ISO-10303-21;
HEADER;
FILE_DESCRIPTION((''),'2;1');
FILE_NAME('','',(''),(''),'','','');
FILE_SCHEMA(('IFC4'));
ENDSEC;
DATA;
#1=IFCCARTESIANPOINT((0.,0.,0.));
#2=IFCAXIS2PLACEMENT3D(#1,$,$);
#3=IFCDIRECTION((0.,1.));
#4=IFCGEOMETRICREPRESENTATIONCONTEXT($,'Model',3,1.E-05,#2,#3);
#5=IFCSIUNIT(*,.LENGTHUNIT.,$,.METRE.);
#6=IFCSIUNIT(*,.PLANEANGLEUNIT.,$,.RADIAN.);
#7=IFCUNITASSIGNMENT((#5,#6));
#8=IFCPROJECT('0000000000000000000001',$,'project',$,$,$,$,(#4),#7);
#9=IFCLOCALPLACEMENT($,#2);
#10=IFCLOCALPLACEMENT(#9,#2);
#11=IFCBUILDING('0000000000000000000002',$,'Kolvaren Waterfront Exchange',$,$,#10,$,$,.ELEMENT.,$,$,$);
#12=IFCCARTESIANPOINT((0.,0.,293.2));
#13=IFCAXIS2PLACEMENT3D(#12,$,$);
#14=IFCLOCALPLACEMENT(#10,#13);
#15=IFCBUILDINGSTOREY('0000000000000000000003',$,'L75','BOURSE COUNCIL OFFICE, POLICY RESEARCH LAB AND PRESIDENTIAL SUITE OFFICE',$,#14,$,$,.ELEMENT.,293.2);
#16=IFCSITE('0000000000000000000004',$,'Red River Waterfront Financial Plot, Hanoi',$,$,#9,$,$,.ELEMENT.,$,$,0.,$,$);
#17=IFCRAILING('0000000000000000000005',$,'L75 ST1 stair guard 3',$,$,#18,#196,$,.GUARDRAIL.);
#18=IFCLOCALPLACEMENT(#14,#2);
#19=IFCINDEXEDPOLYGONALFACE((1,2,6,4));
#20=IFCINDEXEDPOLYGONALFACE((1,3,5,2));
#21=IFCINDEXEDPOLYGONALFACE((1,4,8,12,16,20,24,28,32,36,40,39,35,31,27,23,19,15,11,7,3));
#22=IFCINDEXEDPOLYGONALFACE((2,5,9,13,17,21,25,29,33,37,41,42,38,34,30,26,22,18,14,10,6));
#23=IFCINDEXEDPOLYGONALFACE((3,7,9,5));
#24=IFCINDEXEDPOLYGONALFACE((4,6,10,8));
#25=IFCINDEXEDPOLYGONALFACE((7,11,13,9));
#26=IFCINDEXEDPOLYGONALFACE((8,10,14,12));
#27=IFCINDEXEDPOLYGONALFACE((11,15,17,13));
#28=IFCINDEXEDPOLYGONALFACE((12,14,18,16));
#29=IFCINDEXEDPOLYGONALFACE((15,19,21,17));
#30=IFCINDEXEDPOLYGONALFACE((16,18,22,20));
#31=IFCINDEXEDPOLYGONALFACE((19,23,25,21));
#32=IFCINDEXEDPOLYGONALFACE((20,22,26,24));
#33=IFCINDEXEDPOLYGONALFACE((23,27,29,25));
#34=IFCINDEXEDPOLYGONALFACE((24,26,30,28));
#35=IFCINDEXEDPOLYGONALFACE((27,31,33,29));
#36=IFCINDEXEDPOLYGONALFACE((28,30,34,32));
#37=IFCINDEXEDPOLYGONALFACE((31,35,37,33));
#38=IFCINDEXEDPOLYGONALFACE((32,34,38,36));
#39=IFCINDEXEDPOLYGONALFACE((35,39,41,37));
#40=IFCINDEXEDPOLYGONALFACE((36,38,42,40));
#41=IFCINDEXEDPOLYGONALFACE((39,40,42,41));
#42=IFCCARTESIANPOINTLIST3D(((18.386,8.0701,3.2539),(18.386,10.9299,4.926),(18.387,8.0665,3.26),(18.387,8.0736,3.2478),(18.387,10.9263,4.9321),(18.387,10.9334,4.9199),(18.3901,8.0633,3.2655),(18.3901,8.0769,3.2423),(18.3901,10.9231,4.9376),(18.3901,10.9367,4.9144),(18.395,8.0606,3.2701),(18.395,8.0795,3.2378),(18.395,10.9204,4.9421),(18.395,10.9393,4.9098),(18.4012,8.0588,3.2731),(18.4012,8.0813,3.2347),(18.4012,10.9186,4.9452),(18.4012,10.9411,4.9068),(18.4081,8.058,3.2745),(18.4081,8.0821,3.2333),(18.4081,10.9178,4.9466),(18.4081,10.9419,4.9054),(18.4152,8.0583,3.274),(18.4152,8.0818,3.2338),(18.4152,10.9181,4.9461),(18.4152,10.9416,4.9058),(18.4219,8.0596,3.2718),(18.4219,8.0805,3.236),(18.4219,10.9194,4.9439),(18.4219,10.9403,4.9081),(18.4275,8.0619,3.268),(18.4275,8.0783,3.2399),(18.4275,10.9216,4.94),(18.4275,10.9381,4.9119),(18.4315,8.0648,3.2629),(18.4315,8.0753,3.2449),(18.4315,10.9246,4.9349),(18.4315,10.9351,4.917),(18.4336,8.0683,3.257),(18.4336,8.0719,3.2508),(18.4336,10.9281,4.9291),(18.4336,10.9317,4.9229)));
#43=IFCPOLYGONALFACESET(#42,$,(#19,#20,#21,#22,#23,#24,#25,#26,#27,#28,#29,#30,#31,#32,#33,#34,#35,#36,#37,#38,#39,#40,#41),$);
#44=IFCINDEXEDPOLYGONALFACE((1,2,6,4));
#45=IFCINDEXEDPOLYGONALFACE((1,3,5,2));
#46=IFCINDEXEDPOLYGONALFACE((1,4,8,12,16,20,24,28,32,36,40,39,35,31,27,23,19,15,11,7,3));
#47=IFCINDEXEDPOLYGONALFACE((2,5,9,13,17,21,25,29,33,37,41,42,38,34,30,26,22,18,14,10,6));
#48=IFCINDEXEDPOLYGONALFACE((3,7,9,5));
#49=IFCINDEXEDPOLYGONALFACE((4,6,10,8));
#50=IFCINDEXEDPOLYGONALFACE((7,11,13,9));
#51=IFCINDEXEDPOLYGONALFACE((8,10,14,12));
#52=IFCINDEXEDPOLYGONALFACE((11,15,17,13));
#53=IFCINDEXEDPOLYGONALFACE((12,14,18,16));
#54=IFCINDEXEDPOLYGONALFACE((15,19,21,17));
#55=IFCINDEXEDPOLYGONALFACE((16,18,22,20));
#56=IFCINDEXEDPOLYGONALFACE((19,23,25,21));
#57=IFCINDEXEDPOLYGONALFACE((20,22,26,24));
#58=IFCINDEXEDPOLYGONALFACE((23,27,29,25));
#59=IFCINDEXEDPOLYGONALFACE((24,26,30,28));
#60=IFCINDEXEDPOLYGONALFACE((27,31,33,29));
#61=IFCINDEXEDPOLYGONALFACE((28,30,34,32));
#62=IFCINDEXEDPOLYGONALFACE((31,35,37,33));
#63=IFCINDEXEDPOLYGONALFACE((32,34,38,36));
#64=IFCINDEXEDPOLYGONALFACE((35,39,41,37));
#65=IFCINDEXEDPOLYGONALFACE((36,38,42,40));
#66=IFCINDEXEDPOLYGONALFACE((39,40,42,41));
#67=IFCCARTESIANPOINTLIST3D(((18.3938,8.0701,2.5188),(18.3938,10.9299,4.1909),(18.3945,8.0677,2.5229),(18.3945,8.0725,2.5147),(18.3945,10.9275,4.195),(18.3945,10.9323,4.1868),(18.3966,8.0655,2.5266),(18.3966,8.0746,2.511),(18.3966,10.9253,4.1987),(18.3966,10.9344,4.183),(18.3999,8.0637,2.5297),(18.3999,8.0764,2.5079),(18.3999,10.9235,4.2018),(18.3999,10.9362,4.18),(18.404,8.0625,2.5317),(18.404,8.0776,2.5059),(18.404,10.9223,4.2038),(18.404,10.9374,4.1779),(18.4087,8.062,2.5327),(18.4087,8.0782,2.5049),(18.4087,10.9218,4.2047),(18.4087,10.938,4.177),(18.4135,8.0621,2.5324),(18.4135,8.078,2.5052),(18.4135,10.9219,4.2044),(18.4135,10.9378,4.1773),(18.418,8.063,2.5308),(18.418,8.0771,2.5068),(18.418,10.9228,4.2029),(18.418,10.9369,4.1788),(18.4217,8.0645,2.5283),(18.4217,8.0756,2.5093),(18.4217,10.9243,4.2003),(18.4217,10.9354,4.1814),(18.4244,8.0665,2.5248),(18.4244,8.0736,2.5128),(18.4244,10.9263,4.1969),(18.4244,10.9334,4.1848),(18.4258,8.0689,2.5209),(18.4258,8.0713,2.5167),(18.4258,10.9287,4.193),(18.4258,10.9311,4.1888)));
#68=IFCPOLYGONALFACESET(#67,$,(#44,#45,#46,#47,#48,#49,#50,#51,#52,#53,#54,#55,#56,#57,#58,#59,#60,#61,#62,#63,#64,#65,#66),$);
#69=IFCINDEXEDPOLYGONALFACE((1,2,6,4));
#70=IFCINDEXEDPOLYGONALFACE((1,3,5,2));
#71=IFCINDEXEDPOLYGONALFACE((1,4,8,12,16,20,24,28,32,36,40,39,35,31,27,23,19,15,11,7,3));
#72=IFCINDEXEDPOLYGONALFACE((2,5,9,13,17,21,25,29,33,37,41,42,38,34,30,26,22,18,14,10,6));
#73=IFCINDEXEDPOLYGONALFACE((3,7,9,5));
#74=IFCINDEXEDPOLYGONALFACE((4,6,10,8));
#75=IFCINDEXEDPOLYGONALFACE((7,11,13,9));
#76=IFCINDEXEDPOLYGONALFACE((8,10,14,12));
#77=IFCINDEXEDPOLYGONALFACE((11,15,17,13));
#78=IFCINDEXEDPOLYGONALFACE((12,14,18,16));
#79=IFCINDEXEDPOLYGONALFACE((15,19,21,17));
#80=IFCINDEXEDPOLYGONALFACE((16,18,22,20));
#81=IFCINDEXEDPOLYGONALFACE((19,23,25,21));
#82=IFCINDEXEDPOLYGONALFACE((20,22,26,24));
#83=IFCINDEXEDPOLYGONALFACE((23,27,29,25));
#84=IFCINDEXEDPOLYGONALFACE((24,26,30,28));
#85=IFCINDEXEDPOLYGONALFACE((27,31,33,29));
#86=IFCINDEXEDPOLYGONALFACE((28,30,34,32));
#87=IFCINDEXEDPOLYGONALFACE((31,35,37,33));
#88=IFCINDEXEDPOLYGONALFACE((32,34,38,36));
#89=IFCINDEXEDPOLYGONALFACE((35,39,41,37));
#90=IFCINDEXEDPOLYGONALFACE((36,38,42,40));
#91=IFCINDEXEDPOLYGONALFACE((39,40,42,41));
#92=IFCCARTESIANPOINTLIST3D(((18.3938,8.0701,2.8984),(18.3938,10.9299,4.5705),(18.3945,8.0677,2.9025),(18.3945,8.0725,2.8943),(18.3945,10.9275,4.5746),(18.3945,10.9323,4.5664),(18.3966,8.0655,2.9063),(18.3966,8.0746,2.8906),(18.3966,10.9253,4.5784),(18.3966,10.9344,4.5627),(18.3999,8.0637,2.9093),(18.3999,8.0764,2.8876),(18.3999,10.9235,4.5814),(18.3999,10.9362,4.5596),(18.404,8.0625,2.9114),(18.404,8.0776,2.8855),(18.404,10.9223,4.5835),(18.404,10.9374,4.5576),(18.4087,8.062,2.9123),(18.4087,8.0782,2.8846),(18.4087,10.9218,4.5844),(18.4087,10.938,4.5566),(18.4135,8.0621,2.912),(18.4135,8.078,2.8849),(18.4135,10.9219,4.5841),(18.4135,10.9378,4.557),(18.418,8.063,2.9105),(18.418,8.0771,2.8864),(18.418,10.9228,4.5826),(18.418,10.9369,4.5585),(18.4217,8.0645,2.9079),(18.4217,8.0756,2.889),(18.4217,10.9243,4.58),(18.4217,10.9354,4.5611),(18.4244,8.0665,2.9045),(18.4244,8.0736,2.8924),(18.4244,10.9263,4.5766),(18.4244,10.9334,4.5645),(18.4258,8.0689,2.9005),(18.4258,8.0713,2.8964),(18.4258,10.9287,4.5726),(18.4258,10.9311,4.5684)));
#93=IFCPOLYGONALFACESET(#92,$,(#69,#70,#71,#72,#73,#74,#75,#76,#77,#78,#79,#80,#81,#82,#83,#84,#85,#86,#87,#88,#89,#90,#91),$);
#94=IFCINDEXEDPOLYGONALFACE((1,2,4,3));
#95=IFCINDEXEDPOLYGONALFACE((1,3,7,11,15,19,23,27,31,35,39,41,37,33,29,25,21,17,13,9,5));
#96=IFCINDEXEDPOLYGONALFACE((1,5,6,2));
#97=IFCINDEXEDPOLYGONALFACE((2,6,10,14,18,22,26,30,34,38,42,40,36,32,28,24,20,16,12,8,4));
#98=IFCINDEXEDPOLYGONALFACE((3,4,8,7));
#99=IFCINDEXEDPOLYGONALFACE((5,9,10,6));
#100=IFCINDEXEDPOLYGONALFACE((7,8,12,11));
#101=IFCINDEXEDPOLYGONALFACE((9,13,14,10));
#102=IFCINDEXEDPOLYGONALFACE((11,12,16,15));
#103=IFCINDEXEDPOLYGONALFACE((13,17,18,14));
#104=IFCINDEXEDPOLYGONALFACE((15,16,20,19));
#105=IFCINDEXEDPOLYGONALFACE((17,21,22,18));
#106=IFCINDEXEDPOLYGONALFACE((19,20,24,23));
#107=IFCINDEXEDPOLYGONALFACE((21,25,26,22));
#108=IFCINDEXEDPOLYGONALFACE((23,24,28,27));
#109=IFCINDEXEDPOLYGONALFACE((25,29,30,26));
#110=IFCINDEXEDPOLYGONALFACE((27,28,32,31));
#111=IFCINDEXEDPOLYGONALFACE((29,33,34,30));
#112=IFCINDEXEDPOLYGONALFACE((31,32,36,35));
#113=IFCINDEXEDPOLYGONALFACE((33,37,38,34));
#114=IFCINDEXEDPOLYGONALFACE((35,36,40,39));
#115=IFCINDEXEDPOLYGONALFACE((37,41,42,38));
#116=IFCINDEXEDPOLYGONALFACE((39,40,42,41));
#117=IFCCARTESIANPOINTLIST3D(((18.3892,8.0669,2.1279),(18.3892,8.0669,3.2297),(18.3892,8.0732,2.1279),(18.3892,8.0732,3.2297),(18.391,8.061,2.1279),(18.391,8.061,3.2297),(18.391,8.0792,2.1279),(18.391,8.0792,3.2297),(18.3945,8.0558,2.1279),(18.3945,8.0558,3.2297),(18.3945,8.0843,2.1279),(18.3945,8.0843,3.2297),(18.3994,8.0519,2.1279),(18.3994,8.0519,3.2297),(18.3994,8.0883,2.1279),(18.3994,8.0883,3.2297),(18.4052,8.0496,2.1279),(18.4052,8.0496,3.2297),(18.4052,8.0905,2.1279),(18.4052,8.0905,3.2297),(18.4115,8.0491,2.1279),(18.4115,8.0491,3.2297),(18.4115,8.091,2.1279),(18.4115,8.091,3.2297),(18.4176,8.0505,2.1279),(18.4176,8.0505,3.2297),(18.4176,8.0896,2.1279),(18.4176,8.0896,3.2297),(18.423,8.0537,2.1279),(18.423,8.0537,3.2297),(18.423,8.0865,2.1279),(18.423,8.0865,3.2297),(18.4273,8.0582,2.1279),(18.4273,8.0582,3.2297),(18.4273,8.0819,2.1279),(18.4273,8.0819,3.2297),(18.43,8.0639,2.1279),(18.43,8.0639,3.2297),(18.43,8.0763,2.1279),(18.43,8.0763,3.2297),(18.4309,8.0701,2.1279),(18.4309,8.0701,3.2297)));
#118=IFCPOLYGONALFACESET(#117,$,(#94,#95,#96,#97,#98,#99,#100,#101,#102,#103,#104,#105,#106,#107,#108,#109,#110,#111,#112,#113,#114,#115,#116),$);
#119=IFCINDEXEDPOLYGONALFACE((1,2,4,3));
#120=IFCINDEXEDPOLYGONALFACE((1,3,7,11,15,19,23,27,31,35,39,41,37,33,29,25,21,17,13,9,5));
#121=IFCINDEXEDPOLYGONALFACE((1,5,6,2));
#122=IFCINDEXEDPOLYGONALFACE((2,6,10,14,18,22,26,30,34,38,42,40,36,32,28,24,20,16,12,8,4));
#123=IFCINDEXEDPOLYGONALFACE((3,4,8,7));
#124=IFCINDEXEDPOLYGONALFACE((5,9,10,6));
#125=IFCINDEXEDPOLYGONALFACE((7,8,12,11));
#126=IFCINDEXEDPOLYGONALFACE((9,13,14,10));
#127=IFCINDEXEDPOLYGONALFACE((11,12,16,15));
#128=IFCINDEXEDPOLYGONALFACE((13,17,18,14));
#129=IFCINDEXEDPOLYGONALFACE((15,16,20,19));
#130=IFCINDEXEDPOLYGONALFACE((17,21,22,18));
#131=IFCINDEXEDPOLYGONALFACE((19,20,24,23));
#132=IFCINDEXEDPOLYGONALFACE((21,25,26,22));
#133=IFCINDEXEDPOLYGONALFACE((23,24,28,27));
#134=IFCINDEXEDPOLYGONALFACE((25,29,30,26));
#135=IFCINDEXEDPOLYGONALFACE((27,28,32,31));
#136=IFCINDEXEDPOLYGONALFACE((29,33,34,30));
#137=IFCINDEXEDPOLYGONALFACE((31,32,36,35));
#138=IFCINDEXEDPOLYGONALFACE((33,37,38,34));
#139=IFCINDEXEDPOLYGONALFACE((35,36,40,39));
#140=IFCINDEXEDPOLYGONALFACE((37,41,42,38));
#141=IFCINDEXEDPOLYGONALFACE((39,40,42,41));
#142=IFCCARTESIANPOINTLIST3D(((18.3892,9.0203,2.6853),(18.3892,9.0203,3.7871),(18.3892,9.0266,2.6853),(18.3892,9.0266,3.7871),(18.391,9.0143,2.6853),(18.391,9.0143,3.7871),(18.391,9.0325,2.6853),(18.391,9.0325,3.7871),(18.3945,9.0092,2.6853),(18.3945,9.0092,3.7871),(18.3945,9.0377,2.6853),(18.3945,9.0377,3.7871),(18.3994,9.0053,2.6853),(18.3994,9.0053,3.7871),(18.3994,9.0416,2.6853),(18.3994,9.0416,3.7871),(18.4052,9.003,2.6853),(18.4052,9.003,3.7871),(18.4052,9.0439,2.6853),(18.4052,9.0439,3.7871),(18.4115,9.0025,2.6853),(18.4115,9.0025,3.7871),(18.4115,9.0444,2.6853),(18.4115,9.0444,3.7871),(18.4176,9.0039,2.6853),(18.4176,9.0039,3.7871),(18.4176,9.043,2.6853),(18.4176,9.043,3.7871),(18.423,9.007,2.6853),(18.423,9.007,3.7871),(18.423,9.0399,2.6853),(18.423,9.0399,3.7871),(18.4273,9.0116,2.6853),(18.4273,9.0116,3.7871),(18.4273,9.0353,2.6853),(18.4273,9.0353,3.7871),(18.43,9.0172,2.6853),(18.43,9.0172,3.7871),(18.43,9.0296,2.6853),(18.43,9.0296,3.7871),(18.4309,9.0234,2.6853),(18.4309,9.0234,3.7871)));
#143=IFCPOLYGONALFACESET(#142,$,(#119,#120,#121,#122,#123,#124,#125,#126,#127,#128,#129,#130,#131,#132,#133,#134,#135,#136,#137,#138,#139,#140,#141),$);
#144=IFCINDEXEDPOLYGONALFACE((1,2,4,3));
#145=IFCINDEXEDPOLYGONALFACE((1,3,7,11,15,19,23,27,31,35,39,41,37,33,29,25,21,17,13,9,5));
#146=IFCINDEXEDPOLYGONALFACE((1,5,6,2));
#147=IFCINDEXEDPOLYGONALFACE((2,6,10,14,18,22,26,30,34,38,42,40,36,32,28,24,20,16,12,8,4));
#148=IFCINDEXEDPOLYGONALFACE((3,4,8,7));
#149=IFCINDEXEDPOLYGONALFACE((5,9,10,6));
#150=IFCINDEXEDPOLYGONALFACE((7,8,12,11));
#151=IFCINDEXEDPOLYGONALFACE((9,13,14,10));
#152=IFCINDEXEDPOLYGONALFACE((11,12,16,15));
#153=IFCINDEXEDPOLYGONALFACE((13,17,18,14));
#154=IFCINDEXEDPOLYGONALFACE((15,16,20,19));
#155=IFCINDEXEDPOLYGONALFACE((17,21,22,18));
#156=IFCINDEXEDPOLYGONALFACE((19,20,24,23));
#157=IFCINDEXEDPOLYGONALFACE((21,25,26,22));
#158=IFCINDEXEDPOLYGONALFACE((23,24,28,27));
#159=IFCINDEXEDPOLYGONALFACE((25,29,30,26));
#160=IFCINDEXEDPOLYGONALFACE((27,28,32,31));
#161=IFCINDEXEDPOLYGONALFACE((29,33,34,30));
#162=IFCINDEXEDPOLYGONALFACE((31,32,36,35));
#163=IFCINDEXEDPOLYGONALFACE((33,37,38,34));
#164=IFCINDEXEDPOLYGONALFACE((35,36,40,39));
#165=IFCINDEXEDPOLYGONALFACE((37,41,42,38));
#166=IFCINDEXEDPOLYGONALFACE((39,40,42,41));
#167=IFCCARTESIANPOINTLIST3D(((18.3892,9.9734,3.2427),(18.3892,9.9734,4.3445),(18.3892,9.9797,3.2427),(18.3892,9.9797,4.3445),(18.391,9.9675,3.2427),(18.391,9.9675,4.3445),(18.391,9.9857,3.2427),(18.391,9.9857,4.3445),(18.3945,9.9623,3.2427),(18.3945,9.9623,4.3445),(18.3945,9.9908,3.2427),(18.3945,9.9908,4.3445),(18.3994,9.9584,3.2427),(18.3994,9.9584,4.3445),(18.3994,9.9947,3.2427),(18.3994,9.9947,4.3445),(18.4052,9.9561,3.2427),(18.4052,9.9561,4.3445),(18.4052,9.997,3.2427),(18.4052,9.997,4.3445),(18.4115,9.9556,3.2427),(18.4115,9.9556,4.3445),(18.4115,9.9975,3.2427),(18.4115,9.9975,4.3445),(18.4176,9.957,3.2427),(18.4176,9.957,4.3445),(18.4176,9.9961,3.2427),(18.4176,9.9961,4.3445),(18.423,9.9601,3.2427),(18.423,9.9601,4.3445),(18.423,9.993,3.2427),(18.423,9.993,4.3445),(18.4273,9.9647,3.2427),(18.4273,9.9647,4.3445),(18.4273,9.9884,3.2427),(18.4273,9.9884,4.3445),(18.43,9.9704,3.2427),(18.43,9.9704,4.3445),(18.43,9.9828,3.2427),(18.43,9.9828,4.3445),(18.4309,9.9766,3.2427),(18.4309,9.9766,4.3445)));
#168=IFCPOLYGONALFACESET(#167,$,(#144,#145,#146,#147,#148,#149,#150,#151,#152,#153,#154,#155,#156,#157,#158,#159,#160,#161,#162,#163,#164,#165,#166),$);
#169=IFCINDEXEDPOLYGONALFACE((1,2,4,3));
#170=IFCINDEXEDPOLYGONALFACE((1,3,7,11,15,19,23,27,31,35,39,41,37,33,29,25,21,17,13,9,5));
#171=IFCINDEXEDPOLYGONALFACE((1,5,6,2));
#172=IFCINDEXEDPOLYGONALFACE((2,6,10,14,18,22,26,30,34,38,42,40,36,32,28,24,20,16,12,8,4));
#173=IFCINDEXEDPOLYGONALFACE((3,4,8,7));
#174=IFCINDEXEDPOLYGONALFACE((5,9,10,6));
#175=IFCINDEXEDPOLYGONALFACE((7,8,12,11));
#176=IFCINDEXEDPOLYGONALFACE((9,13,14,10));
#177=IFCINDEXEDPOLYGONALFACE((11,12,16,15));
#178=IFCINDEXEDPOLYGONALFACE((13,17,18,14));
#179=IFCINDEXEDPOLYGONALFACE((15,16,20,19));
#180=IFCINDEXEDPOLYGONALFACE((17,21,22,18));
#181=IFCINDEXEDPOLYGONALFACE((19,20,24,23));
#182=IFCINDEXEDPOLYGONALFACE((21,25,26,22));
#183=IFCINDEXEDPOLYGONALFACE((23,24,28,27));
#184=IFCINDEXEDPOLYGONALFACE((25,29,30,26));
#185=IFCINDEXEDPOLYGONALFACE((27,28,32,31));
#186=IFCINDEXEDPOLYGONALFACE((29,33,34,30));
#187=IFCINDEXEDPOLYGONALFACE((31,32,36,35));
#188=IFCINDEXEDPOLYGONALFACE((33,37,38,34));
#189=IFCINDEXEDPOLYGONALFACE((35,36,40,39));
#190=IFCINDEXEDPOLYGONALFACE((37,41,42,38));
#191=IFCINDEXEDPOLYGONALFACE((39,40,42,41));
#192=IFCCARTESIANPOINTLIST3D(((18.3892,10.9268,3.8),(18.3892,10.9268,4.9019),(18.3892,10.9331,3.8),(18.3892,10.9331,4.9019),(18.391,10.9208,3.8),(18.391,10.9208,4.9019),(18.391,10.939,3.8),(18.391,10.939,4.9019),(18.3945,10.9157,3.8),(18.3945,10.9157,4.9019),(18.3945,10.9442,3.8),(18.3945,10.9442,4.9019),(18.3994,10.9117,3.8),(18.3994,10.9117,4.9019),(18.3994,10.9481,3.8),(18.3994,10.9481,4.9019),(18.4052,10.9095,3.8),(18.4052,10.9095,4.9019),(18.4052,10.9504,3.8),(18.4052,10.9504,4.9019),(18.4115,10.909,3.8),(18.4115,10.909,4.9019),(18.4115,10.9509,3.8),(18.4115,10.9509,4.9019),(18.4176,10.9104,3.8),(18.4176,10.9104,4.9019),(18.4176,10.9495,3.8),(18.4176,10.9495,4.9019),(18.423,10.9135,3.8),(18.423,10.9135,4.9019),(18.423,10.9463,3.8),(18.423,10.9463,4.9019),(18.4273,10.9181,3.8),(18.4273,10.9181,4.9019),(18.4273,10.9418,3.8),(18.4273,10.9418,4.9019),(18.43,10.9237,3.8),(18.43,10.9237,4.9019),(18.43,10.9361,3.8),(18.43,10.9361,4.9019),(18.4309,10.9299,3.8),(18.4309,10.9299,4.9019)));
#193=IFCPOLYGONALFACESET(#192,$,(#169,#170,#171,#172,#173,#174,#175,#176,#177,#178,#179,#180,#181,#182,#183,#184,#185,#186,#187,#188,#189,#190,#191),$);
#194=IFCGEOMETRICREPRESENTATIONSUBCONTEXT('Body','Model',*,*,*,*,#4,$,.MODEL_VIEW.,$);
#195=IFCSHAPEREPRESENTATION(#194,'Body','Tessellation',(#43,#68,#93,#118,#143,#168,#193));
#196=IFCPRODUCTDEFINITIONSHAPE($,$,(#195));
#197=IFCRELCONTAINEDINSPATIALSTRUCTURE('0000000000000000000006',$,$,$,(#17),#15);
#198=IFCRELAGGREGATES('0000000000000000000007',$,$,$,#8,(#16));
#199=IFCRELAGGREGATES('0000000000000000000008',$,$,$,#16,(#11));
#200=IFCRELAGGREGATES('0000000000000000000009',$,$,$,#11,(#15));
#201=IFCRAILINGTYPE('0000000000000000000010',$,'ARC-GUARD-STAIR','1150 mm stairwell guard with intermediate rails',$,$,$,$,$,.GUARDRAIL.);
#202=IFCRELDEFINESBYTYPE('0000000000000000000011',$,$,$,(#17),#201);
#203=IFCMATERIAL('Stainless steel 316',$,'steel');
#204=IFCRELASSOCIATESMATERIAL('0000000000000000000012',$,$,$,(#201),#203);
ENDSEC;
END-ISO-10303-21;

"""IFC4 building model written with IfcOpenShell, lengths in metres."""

from ifc_helpers import new_model, si_unit, direction, frame, origin, origin_2d, place, context, subcontext, project, spatial, circle, extrude, material, type_object, element, save


model = new_model("IFC4")

# Units and contexts
model_context = context("Model", 3, precision=1e-05, world=origin(), true_north=direction((0.0, 1.0)))
body_context = subcontext(model_context, "Body", "Model", "MODEL_VIEW")
ifc_project = project(units=[si_unit("LENGTHUNIT", "METRE"), si_unit("PLANEANGLEUNIT", "RADIAN")], contexts=[model_context])

# Site, building, storey
site_placement = place(None, origin())
site = spatial("IfcSite", under=ifc_project, at=site_placement, Name="Red River Waterfront Financial Plot, Hanoi", CompositionType="ELEMENT", RefElevation=0.0)
building_placement = place(site_placement, origin())
building = spatial("IfcBuilding", under=site, at=building_placement, Name="Kolvaren Waterfront Exchange", CompositionType="ELEMENT")
storey_placement = place(building_placement, frame((0.0, 0.0, 293.2)))
storey = spatial("IfcBuildingStorey", under=building, at=storey_placement, Name="L75", Description="BOURSE COUNCIL OFFICE, POLICY RESEARCH LAB AND PRESIDENTIAL SUITE OFFICE", CompositionType="ELEMENT", Elevation=293.2)

# Railing
ifc_material_1 = material(Name="Stainless steel 316", Category="steel")
railing_type_1 = type_object("IfcRailingType", Name="ARC-GUARD-STAIR", Description="1150 mm stairwell guard with intermediate rails", PredefinedType="GUARDRAIL", material=ifc_material_1)
railing_1_placement = place(storey_placement, frame((18.4099, 8.0701, 2.1279)))
element("IfcRailing", 1, at=railing_1_placement, inside=storey, type_object=railing_type_1, Name="L75 ST1 stair guard 3", PredefinedType="GUARDRAIL", context=body_context, shape_type="SweptSolid", body=[
    extrude(circle(Radius=0.0239, at=origin_2d()), frame((0.0, 0.0, 1.126), z_axis=(0.0, 0.863271, 0.504741), x_axis=(-1.0, 0.0, 0.0)), (0.0, 0.0, 1.0), 3.3127),
    extrude(circle(Radius=0.0161, at=origin_2d()), frame((0.0, 0.0, 0.3909), z_axis=(0.0, 0.863271, 0.504741), x_axis=(-1.0, 0.0, 0.0)), (0.0, 0.0, 1.0), 3.3127),
    extrude(circle(Radius=0.0161, at=origin_2d()), frame((0.0, 0.0, 0.7705), z_axis=(0.0, 0.863271, 0.504741), x_axis=(-1.0, 0.0, 0.0)), (0.0, 0.0, 1.0), 3.3127),
    extrude(circle(Radius=0.021, at=origin_2d()), origin(), (0.0, 0.0, 1.0), 1.1018),
    extrude(circle(Radius=0.021, at=origin_2d()), frame((0.0, 0.9534, 0.5574)), (0.0, 0.0, 1.0), 1.1018),
    extrude(circle(Radius=0.021, at=origin_2d()), frame((0.0, 1.9065, 1.1147)), (0.0, 0.0, 1.0), 1.1018),
    extrude(circle(Radius=0.021, at=origin_2d()), frame((0.0, 2.8599, 1.6721)), (0.0, 0.0, 1.0), 1.1018),
])

save(model, "model.ifc")
